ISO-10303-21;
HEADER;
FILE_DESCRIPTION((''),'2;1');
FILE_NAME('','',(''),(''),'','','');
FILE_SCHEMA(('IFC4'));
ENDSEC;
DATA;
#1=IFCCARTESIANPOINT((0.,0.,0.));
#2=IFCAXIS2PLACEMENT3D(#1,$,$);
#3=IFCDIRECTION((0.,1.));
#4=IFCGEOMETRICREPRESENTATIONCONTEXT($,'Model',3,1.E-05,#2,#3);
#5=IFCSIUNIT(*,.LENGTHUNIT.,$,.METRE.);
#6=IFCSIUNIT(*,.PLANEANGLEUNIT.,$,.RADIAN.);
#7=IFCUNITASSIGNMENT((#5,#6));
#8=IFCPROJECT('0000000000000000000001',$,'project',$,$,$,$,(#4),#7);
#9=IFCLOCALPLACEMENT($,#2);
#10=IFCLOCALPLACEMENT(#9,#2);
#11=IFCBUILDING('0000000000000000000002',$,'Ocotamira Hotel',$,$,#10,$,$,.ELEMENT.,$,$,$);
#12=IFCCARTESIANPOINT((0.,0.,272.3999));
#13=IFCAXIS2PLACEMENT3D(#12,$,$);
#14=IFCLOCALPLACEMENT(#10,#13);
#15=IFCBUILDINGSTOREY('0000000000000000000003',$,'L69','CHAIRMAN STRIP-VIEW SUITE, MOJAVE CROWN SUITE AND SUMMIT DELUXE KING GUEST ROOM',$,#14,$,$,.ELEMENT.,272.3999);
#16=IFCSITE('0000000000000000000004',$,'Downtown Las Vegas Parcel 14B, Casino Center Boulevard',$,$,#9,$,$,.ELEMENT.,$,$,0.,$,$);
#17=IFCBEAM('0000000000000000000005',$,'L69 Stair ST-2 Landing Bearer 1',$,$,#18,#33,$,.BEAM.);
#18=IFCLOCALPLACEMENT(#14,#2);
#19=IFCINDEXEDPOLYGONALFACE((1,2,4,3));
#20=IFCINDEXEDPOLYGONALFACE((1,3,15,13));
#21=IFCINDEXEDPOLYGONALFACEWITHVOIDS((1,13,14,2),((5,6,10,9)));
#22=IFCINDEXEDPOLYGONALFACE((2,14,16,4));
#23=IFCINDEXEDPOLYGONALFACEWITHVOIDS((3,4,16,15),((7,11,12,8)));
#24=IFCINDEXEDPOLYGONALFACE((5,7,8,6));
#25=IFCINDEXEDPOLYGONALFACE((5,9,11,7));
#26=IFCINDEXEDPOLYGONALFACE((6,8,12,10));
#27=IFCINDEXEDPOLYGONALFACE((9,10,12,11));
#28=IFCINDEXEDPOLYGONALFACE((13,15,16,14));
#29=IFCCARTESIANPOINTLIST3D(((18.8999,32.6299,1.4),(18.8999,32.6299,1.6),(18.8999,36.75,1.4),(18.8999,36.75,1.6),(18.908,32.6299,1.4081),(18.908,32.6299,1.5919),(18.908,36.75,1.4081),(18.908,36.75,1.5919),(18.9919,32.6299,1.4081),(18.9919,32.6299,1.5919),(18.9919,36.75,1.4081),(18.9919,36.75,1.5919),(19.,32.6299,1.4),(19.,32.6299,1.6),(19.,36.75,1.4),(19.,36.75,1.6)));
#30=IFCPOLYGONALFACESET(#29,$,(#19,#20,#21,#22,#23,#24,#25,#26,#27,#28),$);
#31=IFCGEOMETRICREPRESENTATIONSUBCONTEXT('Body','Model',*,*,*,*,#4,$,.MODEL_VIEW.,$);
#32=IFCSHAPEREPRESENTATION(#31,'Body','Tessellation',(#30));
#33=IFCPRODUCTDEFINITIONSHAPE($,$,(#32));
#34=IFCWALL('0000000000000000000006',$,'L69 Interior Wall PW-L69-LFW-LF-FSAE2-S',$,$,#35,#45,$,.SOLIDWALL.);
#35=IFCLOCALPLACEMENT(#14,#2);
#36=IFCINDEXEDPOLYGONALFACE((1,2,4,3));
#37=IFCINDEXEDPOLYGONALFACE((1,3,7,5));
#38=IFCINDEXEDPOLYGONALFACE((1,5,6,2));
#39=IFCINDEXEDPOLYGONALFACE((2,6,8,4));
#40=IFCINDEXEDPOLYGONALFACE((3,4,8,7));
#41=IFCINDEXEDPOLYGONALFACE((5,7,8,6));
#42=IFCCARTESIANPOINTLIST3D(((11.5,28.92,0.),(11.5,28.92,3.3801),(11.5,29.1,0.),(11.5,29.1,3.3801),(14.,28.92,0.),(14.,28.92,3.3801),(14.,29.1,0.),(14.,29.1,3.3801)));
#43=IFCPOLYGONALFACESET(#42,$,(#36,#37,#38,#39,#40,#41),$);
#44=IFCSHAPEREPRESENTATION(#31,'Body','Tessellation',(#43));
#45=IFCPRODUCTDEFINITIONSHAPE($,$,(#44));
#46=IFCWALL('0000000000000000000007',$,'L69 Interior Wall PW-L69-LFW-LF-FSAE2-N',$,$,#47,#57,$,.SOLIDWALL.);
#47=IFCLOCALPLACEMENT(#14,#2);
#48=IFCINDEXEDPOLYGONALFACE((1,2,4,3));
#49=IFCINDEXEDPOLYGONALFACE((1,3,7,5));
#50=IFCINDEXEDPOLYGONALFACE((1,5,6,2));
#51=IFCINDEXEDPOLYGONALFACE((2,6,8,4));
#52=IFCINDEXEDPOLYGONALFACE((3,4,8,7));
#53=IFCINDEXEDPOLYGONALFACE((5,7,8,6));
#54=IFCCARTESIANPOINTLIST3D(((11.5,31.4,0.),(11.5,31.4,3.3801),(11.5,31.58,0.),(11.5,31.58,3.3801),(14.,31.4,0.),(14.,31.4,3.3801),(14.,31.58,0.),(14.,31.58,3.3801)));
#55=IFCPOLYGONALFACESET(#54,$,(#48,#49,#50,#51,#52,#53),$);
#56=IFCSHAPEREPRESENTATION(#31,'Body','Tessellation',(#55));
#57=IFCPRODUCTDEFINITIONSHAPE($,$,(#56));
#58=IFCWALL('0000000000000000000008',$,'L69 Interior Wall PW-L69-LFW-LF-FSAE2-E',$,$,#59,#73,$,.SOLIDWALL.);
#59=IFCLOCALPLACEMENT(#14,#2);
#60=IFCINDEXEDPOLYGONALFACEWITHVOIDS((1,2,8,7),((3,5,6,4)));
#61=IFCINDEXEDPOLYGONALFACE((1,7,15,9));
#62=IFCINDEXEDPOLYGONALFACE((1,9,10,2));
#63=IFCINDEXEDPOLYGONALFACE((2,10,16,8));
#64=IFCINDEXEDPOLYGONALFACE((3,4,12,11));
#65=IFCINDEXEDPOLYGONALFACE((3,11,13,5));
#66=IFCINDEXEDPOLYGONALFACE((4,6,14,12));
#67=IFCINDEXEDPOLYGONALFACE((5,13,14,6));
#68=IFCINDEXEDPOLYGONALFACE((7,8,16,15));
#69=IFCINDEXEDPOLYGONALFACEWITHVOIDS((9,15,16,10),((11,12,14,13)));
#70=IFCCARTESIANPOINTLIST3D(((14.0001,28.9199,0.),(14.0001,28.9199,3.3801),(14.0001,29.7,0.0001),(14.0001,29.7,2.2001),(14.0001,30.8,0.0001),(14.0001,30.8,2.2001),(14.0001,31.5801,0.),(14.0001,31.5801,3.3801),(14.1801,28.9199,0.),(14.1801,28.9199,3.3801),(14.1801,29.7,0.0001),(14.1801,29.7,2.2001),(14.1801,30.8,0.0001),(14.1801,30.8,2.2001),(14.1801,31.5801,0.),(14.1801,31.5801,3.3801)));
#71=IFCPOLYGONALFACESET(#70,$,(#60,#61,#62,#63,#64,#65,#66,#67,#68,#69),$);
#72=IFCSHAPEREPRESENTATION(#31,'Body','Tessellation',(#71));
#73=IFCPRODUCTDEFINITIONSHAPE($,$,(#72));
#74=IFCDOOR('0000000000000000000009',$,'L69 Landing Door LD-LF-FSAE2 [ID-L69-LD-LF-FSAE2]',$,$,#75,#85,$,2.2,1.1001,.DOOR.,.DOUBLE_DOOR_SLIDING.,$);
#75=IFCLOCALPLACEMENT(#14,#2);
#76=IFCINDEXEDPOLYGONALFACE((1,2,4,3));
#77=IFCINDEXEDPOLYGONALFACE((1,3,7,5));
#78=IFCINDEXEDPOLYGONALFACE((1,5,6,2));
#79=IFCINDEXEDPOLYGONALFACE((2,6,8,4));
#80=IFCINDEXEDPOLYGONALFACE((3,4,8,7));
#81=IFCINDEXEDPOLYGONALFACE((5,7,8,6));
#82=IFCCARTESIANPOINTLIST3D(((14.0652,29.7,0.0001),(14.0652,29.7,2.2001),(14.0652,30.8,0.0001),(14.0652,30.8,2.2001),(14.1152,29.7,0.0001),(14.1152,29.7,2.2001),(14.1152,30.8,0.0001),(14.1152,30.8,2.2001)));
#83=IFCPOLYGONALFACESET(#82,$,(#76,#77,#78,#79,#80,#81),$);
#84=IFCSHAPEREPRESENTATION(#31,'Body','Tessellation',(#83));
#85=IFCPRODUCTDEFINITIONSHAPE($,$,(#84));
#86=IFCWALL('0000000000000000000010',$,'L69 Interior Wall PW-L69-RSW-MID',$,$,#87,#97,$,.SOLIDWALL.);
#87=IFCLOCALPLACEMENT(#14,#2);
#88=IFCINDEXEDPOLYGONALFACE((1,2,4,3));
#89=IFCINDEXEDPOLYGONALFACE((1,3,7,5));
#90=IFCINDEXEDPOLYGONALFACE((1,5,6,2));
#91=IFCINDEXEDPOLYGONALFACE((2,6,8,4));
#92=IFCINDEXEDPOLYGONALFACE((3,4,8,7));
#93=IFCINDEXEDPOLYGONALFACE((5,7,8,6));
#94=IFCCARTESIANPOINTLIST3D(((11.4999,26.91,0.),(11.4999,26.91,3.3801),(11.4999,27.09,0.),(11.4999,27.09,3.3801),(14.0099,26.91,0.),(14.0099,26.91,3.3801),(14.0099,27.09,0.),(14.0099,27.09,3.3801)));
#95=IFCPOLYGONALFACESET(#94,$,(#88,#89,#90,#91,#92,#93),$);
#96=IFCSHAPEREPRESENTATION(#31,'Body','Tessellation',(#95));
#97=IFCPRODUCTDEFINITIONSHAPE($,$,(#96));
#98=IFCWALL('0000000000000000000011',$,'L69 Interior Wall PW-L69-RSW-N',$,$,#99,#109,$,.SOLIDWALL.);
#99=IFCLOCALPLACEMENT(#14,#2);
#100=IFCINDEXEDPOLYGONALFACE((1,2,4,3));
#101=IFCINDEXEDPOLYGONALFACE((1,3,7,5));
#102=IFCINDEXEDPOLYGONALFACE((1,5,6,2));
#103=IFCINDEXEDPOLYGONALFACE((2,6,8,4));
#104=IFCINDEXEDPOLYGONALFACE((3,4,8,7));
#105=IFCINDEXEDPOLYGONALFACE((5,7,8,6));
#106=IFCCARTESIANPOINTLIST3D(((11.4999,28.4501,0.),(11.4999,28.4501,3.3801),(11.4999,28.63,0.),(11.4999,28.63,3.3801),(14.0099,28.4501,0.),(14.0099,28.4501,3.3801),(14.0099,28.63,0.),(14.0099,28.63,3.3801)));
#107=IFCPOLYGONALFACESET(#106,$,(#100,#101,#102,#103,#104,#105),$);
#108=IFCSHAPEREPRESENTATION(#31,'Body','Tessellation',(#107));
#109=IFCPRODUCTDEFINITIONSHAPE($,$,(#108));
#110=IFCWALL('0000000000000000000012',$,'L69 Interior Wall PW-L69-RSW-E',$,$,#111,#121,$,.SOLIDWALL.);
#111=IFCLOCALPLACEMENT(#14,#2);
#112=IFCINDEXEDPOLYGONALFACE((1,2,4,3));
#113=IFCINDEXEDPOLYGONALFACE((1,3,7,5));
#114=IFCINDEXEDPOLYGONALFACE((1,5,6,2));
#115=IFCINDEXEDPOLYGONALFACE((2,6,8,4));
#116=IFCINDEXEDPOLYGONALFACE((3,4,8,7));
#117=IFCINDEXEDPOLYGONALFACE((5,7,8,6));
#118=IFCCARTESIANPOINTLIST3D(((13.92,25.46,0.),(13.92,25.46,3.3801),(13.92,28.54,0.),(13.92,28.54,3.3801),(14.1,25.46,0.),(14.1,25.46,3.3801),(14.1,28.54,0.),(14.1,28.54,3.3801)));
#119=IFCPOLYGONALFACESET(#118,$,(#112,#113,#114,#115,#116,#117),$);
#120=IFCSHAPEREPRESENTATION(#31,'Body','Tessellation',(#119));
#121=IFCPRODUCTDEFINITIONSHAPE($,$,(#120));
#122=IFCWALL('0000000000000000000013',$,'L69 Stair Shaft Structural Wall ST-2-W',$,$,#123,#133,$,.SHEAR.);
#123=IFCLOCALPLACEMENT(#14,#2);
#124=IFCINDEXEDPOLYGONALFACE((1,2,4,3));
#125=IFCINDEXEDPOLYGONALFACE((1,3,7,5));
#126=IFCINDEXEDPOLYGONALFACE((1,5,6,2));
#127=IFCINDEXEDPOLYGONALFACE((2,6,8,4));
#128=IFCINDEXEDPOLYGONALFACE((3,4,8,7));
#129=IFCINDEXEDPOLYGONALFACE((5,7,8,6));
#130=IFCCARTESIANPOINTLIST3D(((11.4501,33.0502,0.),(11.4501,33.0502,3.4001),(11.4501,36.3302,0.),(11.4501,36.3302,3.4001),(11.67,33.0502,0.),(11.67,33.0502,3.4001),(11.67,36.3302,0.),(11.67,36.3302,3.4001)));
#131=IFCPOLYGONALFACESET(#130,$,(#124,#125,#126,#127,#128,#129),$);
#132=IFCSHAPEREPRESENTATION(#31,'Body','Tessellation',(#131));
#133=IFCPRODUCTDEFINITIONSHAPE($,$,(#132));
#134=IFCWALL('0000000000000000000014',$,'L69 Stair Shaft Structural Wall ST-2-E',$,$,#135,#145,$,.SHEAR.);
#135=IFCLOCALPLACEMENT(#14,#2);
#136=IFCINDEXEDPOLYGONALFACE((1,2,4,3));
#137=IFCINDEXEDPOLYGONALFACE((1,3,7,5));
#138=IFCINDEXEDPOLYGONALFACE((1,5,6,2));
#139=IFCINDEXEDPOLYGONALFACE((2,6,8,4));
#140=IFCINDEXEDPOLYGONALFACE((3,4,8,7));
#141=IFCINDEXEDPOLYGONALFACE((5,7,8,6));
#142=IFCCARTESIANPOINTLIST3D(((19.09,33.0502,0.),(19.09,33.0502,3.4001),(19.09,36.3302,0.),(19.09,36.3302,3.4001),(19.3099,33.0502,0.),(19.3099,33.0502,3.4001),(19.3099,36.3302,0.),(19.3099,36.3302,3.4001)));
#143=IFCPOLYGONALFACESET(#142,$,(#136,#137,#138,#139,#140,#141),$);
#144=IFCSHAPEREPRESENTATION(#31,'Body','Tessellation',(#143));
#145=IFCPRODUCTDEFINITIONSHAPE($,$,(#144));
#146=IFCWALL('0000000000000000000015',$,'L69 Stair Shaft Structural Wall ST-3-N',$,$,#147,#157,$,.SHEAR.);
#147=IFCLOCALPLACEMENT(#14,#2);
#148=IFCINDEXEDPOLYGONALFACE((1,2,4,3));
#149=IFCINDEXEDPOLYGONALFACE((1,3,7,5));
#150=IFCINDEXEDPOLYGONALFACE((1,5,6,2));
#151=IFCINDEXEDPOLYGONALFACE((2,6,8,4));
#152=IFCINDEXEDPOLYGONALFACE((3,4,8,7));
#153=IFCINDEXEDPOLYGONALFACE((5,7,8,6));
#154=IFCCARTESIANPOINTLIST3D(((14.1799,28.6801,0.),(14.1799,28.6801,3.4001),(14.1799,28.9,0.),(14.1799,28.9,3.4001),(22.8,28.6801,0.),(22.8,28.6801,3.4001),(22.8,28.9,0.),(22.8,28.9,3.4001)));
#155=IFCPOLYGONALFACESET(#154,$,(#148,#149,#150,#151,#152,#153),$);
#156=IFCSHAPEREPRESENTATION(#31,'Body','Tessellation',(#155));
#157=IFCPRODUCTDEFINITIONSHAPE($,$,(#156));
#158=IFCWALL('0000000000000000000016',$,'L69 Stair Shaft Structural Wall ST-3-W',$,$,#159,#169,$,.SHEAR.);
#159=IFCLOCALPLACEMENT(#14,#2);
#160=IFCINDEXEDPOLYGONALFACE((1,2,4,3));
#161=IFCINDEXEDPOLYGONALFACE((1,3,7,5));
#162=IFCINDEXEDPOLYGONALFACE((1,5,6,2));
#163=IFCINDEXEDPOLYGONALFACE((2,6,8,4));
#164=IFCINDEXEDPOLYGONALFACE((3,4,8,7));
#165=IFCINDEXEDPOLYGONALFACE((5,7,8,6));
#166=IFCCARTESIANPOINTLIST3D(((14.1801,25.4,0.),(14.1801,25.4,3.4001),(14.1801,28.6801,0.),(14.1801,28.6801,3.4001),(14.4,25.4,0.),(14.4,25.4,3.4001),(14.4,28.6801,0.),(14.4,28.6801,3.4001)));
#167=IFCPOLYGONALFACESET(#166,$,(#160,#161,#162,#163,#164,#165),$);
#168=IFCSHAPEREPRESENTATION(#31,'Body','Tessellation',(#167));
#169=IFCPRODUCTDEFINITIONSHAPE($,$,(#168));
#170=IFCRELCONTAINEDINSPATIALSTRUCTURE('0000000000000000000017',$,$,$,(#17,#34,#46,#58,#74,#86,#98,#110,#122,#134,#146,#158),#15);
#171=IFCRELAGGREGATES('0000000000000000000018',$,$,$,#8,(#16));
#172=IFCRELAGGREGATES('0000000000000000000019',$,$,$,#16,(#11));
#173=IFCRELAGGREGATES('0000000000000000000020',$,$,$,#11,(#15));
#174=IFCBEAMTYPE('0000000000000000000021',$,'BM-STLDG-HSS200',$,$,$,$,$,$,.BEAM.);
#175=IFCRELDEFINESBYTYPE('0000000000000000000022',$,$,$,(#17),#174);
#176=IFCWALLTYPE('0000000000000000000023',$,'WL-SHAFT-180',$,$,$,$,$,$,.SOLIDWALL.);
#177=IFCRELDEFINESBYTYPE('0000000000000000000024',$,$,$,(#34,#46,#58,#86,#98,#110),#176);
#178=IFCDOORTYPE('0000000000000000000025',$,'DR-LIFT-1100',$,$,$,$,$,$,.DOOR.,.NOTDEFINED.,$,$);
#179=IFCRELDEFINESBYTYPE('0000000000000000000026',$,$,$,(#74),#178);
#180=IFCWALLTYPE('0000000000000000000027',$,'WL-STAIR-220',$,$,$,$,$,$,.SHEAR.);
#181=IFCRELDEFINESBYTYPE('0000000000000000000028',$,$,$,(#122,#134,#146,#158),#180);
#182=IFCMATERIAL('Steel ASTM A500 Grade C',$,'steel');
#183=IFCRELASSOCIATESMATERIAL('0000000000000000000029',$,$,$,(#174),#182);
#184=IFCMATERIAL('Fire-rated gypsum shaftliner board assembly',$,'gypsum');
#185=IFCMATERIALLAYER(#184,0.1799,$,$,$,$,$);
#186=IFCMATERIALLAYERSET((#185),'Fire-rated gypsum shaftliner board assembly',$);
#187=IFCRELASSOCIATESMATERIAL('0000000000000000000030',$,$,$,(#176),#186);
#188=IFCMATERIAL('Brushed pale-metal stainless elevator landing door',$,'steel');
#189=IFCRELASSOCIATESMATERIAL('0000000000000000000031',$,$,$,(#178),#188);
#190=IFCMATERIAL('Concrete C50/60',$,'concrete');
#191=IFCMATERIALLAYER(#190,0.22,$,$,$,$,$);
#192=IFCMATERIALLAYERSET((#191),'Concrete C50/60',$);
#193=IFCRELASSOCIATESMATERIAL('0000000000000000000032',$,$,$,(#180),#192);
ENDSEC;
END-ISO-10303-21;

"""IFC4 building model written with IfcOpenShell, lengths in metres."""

from ifc_helpers import new_model, si_unit, direction, frame, frame_2d, origin, origin_2d, place, context, subcontext, project, spatial, rectangle, hollow_rectangle, extrude, source, transform, mapped, material, layer, layer_set, material_profile, profile_set, type_object, element, fill, save


model = new_model("IFC4")

# Units and contexts
model_context = context("Model", 3, precision=1e-05, world=origin(), true_north=direction((0.0, 1.0)))
body_context = subcontext(model_context, "Body", "Model", "MODEL_VIEW")
ifc_project = project(units=[si_unit("LENGTHUNIT", "METRE"), si_unit("PLANEANGLEUNIT", "RADIAN")], contexts=[model_context])

# Site, building, storey
site_placement = place(None, origin())
site = spatial("IfcSite", under=ifc_project, at=site_placement, Name="Downtown Las Vegas Parcel 14B, Casino Center Boulevard", CompositionType="ELEMENT", RefElevation=0.0)
building_placement = place(site_placement, origin())
building = spatial("IfcBuilding", under=site, at=building_placement, Name="Ocotamira Hotel", CompositionType="ELEMENT")
storey_placement = place(building_placement, frame((0.0, 0.0, 272.3999)))
storey = spatial("IfcBuildingStorey", under=building, at=storey_placement, Name="L69", Description="CHAIRMAN STRIP-VIEW SUITE, MOJAVE CROWN SUITE AND SUMMIT DELUXE KING GUEST ROOM", CompositionType="ELEMENT", Elevation=272.3999)

# Beam
ifc_material_1 = material(Name="Steel ASTM A500 Grade C", Category="steel")
ifc_material_profile = material_profile(ifc_material_1, hollow_rectangle(XDim=0.1001, YDim=0.2, WallThickness=0.0081, at=origin_2d()), Name="HSS200X100X8")
ifc_profile_set = profile_set([ifc_material_profile], Name="Steel ASTM A500 Grade C")
beam_type = type_object("IfcBeamType", Name="BM-STLDG-HSS200", PredefinedType="BEAM", material=ifc_profile_set)
shared_shape_1 = source(origin(), body_context, "Body", "SweptSolid", [
    extrude(hollow_rectangle(XDim=0.1001, YDim=0.2, WallThickness=0.0081, at=origin_2d()), origin(), (0.0, 0.0, 1.0), 4.1201),
])
beam_placement = place(storey_placement, frame((18.95, 32.6299, 1.5), z_axis=(0.0, 1.0, 0.0), x_axis=(-1.0, 0.0, 0.0)))
element("IfcBeam", 1, at=beam_placement, inside=storey, type_object=beam_type, Name="L69 Stair ST-2 Landing Bearer 1", PredefinedType="BEAM", context=body_context, shape_type="MappedRepresentation", body=[
    mapped(shared_shape_1, transform((0.0, 0.0, 0.0), scale=1.0)),
])

# Walls
ifc_material_2 = material(Name="Fire-rated gypsum shaftliner board assembly", Category="gypsum")
ifc_layer_1 = layer(ifc_material_2, 0.1799)
ifc_layer_set_1 = layer_set([ifc_layer_1], Name="Fire-rated gypsum shaftliner board assembly")
wall_type_1 = type_object("IfcWallType", Name="WL-SHAFT-180", PredefinedType="SOLIDWALL", material=ifc_layer_set_1)
for number, where, z_axis, x_axis, name in (
    (2, (11.5, 29.01, 0.0), (0.0, 0.0, 1.0), (1.0, 0.0, 0.0), "L69 Interior Wall PW-L69-LFW-LF-FSAE2-S"),
    (3, (11.5, 31.49, 0.0), (0.0, 0.0, 1.0), (1.0, 0.0, 0.0), "L69 Interior Wall PW-L69-LFW-LF-FSAE2-N"),
):
    element("IfcWall", number, at=place(storey_placement, frame(where, z_axis=z_axis, x_axis=x_axis)), inside=storey, type_object=wall_type_1, Name=name, PredefinedType="SOLIDWALL", context=body_context, shape_type="SweptSolid", body=[
        extrude(rectangle(XDim=2.5, YDim=0.1799, at=frame_2d((1.25, 0.0))), origin(), (0.0, 0.0, 1.0), 3.3801),
    ])

# Wall, opening, door
wall_1_placement = place(storey_placement, frame((14.0901, 28.9199, 0.0), z_axis=(0.0, 0.0, 1.0), x_axis=(0.0, 1.0, 0.0)))
wall_1 = element("IfcWall", 4, at=wall_1_placement, inside=storey, type_object=wall_type_1, Name="L69 Interior Wall PW-L69-LFW-LF-FSAE2-E", PredefinedType="SOLIDWALL", context=body_context, shape_type="SweptSolid", body=[
    extrude(rectangle(XDim=2.6602, YDim=0.1799, at=frame_2d((1.3301, 0.0))), origin(), (0.0, 0.0, 1.0), 3.3801),
])
opening_1_placement = place(wall_1_placement, frame((0.78, 0.0, 0.0)))
opening_1 = element("IfcOpeningElement", 5, at=opening_1_placement, cuts=wall_1, PredefinedType="OPENING", context=body_context, shape_type="SweptSolid", body=[
    extrude(rectangle(XDim=1.1001, YDim=2.2, at=frame_2d((0.55, 1.1001))), frame((0.0, 0.1001, 0.0), z_axis=(0.0, -1.0, 0.0), x_axis=(1.0, 0.0, 0.0)), (0.0, 0.0, 1.0), 0.2),
])
ifc_material_3 = material(Name="Brushed pale-metal stainless elevator landing door", Category="steel")
door_type_1 = type_object("IfcDoorType", Name="DR-LIFT-1100", OperationType="NOTDEFINED", PredefinedType="DOOR", material=ifc_material_3)
shared_shape_2 = source(origin(), body_context, "Body", "SweptSolid", [
    extrude(rectangle(XDim=1.1001, YDim=2.2, at=frame_2d((0.55, 1.1001))), frame((0.0, 0.0249, 0.0), z_axis=(0.0, -1.0, 0.0), x_axis=(1.0, 0.0, 0.0)), (0.0, 0.0, 1.0), 0.05),
])
door_1_placement = place(opening_1_placement, origin())
door_1 = element("IfcDoor", 6, at=door_1_placement, inside=storey, type_object=door_type_1, Name="L69 Landing Door LD-LF-FSAE2 [ID-L69-LD-LF-FSAE2]", OperationType="DOUBLE_DOOR_SLIDING", OverallHeight=2.2, OverallWidth=1.1001, PredefinedType="DOOR", context=body_context, shape_type="MappedRepresentation", body=[
    mapped(shared_shape_2, transform((0.0, 0.0, 0.0), scale=1.0)),
])
fill(opening_1, door_1)

# Walls
for number, where, z_axis, x_axis, name in (
    (7, (11.5, 27.0, 0.0), (0.0, 0.0, 1.0), (1.0, 0.0, 0.0), "L69 Interior Wall PW-L69-RSW-MID"),
    (8, (11.5, 28.54, 0.0), (0.0, 0.0, 1.0), (1.0, 0.0, 0.0), "L69 Interior Wall PW-L69-RSW-N"),
):
    element("IfcWall", number, at=place(storey_placement, frame(where, z_axis=z_axis, x_axis=x_axis)), inside=storey, type_object=wall_type_1, Name=name, PredefinedType="SOLIDWALL", context=body_context, shape_type="SweptSolid", body=[
        extrude(rectangle(XDim=2.51, YDim=0.1799, at=frame_2d((1.2549, 0.0))), origin(), (0.0, 0.0, 1.0), 3.3801),
    ])
wall_2_placement = place(storey_placement, frame((14.01, 25.46, 0.0), z_axis=(0.0, 0.0, 1.0), x_axis=(0.0, 1.0, 0.0)))
element("IfcWall", 9, at=wall_2_placement, inside=storey, type_object=wall_type_1, Name="L69 Interior Wall PW-L69-RSW-E", PredefinedType="SOLIDWALL", context=body_context, shape_type="SweptSolid", body=[
    extrude(rectangle(XDim=3.0801, YDim=0.1799, at=frame_2d((1.54, 0.0))), origin(), (0.0, 0.0, 1.0), 3.3801),
])
ifc_material_4 = material(Name="Concrete C50/60", Category="concrete")
ifc_layer_2 = layer(ifc_material_4, 0.22)
ifc_layer_set_2 = layer_set([ifc_layer_2], Name="Concrete C50/60")
wall_type_2 = type_object("IfcWallType", Name="WL-STAIR-220", PredefinedType="SHEAR", material=ifc_layer_set_2)
for number, where, z_axis, x_axis, name in (
    (10, (11.5601, 33.05, 0.0), (0.0, 0.0, 1.0), (0.0, 1.0, 0.0), "L69 Stair Shaft Structural Wall ST-2-W"),
    (11, (19.2, 33.05, 0.0), (0.0, 0.0, 1.0), (0.0, 1.0, 0.0), "L69 Stair Shaft Structural Wall ST-2-E"),
):
    element("IfcWall", number, at=place(storey_placement, frame(where, z_axis=z_axis, x_axis=x_axis)), inside=storey, type_object=wall_type_2, Name=name, PredefinedType="SHEAR", context=body_context, shape_type="SweptSolid", body=[
        extrude(rectangle(XDim=3.28, YDim=0.22, at=frame_2d((1.6401, 0.0))), origin(), (0.0, 0.0, 1.0), 3.4001),
    ])
wall_3_placement = place(storey_placement, frame((14.1799, 28.79, 0.0), z_axis=(0.0, 0.0, 1.0), x_axis=(1.0, 0.0, 0.0)))
element("IfcWall", 12, at=wall_3_placement, inside=storey, type_object=wall_type_2, Name="L69 Stair Shaft Structural Wall ST-3-N", PredefinedType="SHEAR", context=body_context, shape_type="SweptSolid", body=[
    extrude(rectangle(XDim=8.6201, YDim=0.22, at=frame_2d((4.3101, 0.0))), origin(), (0.0, 0.0, 1.0), 3.4001),
])
wall_4_placement = place(storey_placement, frame((14.29, 25.3999, 0.0), z_axis=(0.0, 0.0, 1.0), x_axis=(0.0, 1.0, 0.0)))
element("IfcWall", 13, at=wall_4_placement, inside=storey, type_object=wall_type_2, Name="L69 Stair Shaft Structural Wall ST-3-W", PredefinedType="SHEAR", context=body_context, shape_type="SweptSolid", body=[
    extrude(rectangle(XDim=3.28, YDim=0.22, at=frame_2d((1.6401, 0.0))), origin(), (0.0, 0.0, 1.0), 3.4001),
])

save(model, "model.ifc")
